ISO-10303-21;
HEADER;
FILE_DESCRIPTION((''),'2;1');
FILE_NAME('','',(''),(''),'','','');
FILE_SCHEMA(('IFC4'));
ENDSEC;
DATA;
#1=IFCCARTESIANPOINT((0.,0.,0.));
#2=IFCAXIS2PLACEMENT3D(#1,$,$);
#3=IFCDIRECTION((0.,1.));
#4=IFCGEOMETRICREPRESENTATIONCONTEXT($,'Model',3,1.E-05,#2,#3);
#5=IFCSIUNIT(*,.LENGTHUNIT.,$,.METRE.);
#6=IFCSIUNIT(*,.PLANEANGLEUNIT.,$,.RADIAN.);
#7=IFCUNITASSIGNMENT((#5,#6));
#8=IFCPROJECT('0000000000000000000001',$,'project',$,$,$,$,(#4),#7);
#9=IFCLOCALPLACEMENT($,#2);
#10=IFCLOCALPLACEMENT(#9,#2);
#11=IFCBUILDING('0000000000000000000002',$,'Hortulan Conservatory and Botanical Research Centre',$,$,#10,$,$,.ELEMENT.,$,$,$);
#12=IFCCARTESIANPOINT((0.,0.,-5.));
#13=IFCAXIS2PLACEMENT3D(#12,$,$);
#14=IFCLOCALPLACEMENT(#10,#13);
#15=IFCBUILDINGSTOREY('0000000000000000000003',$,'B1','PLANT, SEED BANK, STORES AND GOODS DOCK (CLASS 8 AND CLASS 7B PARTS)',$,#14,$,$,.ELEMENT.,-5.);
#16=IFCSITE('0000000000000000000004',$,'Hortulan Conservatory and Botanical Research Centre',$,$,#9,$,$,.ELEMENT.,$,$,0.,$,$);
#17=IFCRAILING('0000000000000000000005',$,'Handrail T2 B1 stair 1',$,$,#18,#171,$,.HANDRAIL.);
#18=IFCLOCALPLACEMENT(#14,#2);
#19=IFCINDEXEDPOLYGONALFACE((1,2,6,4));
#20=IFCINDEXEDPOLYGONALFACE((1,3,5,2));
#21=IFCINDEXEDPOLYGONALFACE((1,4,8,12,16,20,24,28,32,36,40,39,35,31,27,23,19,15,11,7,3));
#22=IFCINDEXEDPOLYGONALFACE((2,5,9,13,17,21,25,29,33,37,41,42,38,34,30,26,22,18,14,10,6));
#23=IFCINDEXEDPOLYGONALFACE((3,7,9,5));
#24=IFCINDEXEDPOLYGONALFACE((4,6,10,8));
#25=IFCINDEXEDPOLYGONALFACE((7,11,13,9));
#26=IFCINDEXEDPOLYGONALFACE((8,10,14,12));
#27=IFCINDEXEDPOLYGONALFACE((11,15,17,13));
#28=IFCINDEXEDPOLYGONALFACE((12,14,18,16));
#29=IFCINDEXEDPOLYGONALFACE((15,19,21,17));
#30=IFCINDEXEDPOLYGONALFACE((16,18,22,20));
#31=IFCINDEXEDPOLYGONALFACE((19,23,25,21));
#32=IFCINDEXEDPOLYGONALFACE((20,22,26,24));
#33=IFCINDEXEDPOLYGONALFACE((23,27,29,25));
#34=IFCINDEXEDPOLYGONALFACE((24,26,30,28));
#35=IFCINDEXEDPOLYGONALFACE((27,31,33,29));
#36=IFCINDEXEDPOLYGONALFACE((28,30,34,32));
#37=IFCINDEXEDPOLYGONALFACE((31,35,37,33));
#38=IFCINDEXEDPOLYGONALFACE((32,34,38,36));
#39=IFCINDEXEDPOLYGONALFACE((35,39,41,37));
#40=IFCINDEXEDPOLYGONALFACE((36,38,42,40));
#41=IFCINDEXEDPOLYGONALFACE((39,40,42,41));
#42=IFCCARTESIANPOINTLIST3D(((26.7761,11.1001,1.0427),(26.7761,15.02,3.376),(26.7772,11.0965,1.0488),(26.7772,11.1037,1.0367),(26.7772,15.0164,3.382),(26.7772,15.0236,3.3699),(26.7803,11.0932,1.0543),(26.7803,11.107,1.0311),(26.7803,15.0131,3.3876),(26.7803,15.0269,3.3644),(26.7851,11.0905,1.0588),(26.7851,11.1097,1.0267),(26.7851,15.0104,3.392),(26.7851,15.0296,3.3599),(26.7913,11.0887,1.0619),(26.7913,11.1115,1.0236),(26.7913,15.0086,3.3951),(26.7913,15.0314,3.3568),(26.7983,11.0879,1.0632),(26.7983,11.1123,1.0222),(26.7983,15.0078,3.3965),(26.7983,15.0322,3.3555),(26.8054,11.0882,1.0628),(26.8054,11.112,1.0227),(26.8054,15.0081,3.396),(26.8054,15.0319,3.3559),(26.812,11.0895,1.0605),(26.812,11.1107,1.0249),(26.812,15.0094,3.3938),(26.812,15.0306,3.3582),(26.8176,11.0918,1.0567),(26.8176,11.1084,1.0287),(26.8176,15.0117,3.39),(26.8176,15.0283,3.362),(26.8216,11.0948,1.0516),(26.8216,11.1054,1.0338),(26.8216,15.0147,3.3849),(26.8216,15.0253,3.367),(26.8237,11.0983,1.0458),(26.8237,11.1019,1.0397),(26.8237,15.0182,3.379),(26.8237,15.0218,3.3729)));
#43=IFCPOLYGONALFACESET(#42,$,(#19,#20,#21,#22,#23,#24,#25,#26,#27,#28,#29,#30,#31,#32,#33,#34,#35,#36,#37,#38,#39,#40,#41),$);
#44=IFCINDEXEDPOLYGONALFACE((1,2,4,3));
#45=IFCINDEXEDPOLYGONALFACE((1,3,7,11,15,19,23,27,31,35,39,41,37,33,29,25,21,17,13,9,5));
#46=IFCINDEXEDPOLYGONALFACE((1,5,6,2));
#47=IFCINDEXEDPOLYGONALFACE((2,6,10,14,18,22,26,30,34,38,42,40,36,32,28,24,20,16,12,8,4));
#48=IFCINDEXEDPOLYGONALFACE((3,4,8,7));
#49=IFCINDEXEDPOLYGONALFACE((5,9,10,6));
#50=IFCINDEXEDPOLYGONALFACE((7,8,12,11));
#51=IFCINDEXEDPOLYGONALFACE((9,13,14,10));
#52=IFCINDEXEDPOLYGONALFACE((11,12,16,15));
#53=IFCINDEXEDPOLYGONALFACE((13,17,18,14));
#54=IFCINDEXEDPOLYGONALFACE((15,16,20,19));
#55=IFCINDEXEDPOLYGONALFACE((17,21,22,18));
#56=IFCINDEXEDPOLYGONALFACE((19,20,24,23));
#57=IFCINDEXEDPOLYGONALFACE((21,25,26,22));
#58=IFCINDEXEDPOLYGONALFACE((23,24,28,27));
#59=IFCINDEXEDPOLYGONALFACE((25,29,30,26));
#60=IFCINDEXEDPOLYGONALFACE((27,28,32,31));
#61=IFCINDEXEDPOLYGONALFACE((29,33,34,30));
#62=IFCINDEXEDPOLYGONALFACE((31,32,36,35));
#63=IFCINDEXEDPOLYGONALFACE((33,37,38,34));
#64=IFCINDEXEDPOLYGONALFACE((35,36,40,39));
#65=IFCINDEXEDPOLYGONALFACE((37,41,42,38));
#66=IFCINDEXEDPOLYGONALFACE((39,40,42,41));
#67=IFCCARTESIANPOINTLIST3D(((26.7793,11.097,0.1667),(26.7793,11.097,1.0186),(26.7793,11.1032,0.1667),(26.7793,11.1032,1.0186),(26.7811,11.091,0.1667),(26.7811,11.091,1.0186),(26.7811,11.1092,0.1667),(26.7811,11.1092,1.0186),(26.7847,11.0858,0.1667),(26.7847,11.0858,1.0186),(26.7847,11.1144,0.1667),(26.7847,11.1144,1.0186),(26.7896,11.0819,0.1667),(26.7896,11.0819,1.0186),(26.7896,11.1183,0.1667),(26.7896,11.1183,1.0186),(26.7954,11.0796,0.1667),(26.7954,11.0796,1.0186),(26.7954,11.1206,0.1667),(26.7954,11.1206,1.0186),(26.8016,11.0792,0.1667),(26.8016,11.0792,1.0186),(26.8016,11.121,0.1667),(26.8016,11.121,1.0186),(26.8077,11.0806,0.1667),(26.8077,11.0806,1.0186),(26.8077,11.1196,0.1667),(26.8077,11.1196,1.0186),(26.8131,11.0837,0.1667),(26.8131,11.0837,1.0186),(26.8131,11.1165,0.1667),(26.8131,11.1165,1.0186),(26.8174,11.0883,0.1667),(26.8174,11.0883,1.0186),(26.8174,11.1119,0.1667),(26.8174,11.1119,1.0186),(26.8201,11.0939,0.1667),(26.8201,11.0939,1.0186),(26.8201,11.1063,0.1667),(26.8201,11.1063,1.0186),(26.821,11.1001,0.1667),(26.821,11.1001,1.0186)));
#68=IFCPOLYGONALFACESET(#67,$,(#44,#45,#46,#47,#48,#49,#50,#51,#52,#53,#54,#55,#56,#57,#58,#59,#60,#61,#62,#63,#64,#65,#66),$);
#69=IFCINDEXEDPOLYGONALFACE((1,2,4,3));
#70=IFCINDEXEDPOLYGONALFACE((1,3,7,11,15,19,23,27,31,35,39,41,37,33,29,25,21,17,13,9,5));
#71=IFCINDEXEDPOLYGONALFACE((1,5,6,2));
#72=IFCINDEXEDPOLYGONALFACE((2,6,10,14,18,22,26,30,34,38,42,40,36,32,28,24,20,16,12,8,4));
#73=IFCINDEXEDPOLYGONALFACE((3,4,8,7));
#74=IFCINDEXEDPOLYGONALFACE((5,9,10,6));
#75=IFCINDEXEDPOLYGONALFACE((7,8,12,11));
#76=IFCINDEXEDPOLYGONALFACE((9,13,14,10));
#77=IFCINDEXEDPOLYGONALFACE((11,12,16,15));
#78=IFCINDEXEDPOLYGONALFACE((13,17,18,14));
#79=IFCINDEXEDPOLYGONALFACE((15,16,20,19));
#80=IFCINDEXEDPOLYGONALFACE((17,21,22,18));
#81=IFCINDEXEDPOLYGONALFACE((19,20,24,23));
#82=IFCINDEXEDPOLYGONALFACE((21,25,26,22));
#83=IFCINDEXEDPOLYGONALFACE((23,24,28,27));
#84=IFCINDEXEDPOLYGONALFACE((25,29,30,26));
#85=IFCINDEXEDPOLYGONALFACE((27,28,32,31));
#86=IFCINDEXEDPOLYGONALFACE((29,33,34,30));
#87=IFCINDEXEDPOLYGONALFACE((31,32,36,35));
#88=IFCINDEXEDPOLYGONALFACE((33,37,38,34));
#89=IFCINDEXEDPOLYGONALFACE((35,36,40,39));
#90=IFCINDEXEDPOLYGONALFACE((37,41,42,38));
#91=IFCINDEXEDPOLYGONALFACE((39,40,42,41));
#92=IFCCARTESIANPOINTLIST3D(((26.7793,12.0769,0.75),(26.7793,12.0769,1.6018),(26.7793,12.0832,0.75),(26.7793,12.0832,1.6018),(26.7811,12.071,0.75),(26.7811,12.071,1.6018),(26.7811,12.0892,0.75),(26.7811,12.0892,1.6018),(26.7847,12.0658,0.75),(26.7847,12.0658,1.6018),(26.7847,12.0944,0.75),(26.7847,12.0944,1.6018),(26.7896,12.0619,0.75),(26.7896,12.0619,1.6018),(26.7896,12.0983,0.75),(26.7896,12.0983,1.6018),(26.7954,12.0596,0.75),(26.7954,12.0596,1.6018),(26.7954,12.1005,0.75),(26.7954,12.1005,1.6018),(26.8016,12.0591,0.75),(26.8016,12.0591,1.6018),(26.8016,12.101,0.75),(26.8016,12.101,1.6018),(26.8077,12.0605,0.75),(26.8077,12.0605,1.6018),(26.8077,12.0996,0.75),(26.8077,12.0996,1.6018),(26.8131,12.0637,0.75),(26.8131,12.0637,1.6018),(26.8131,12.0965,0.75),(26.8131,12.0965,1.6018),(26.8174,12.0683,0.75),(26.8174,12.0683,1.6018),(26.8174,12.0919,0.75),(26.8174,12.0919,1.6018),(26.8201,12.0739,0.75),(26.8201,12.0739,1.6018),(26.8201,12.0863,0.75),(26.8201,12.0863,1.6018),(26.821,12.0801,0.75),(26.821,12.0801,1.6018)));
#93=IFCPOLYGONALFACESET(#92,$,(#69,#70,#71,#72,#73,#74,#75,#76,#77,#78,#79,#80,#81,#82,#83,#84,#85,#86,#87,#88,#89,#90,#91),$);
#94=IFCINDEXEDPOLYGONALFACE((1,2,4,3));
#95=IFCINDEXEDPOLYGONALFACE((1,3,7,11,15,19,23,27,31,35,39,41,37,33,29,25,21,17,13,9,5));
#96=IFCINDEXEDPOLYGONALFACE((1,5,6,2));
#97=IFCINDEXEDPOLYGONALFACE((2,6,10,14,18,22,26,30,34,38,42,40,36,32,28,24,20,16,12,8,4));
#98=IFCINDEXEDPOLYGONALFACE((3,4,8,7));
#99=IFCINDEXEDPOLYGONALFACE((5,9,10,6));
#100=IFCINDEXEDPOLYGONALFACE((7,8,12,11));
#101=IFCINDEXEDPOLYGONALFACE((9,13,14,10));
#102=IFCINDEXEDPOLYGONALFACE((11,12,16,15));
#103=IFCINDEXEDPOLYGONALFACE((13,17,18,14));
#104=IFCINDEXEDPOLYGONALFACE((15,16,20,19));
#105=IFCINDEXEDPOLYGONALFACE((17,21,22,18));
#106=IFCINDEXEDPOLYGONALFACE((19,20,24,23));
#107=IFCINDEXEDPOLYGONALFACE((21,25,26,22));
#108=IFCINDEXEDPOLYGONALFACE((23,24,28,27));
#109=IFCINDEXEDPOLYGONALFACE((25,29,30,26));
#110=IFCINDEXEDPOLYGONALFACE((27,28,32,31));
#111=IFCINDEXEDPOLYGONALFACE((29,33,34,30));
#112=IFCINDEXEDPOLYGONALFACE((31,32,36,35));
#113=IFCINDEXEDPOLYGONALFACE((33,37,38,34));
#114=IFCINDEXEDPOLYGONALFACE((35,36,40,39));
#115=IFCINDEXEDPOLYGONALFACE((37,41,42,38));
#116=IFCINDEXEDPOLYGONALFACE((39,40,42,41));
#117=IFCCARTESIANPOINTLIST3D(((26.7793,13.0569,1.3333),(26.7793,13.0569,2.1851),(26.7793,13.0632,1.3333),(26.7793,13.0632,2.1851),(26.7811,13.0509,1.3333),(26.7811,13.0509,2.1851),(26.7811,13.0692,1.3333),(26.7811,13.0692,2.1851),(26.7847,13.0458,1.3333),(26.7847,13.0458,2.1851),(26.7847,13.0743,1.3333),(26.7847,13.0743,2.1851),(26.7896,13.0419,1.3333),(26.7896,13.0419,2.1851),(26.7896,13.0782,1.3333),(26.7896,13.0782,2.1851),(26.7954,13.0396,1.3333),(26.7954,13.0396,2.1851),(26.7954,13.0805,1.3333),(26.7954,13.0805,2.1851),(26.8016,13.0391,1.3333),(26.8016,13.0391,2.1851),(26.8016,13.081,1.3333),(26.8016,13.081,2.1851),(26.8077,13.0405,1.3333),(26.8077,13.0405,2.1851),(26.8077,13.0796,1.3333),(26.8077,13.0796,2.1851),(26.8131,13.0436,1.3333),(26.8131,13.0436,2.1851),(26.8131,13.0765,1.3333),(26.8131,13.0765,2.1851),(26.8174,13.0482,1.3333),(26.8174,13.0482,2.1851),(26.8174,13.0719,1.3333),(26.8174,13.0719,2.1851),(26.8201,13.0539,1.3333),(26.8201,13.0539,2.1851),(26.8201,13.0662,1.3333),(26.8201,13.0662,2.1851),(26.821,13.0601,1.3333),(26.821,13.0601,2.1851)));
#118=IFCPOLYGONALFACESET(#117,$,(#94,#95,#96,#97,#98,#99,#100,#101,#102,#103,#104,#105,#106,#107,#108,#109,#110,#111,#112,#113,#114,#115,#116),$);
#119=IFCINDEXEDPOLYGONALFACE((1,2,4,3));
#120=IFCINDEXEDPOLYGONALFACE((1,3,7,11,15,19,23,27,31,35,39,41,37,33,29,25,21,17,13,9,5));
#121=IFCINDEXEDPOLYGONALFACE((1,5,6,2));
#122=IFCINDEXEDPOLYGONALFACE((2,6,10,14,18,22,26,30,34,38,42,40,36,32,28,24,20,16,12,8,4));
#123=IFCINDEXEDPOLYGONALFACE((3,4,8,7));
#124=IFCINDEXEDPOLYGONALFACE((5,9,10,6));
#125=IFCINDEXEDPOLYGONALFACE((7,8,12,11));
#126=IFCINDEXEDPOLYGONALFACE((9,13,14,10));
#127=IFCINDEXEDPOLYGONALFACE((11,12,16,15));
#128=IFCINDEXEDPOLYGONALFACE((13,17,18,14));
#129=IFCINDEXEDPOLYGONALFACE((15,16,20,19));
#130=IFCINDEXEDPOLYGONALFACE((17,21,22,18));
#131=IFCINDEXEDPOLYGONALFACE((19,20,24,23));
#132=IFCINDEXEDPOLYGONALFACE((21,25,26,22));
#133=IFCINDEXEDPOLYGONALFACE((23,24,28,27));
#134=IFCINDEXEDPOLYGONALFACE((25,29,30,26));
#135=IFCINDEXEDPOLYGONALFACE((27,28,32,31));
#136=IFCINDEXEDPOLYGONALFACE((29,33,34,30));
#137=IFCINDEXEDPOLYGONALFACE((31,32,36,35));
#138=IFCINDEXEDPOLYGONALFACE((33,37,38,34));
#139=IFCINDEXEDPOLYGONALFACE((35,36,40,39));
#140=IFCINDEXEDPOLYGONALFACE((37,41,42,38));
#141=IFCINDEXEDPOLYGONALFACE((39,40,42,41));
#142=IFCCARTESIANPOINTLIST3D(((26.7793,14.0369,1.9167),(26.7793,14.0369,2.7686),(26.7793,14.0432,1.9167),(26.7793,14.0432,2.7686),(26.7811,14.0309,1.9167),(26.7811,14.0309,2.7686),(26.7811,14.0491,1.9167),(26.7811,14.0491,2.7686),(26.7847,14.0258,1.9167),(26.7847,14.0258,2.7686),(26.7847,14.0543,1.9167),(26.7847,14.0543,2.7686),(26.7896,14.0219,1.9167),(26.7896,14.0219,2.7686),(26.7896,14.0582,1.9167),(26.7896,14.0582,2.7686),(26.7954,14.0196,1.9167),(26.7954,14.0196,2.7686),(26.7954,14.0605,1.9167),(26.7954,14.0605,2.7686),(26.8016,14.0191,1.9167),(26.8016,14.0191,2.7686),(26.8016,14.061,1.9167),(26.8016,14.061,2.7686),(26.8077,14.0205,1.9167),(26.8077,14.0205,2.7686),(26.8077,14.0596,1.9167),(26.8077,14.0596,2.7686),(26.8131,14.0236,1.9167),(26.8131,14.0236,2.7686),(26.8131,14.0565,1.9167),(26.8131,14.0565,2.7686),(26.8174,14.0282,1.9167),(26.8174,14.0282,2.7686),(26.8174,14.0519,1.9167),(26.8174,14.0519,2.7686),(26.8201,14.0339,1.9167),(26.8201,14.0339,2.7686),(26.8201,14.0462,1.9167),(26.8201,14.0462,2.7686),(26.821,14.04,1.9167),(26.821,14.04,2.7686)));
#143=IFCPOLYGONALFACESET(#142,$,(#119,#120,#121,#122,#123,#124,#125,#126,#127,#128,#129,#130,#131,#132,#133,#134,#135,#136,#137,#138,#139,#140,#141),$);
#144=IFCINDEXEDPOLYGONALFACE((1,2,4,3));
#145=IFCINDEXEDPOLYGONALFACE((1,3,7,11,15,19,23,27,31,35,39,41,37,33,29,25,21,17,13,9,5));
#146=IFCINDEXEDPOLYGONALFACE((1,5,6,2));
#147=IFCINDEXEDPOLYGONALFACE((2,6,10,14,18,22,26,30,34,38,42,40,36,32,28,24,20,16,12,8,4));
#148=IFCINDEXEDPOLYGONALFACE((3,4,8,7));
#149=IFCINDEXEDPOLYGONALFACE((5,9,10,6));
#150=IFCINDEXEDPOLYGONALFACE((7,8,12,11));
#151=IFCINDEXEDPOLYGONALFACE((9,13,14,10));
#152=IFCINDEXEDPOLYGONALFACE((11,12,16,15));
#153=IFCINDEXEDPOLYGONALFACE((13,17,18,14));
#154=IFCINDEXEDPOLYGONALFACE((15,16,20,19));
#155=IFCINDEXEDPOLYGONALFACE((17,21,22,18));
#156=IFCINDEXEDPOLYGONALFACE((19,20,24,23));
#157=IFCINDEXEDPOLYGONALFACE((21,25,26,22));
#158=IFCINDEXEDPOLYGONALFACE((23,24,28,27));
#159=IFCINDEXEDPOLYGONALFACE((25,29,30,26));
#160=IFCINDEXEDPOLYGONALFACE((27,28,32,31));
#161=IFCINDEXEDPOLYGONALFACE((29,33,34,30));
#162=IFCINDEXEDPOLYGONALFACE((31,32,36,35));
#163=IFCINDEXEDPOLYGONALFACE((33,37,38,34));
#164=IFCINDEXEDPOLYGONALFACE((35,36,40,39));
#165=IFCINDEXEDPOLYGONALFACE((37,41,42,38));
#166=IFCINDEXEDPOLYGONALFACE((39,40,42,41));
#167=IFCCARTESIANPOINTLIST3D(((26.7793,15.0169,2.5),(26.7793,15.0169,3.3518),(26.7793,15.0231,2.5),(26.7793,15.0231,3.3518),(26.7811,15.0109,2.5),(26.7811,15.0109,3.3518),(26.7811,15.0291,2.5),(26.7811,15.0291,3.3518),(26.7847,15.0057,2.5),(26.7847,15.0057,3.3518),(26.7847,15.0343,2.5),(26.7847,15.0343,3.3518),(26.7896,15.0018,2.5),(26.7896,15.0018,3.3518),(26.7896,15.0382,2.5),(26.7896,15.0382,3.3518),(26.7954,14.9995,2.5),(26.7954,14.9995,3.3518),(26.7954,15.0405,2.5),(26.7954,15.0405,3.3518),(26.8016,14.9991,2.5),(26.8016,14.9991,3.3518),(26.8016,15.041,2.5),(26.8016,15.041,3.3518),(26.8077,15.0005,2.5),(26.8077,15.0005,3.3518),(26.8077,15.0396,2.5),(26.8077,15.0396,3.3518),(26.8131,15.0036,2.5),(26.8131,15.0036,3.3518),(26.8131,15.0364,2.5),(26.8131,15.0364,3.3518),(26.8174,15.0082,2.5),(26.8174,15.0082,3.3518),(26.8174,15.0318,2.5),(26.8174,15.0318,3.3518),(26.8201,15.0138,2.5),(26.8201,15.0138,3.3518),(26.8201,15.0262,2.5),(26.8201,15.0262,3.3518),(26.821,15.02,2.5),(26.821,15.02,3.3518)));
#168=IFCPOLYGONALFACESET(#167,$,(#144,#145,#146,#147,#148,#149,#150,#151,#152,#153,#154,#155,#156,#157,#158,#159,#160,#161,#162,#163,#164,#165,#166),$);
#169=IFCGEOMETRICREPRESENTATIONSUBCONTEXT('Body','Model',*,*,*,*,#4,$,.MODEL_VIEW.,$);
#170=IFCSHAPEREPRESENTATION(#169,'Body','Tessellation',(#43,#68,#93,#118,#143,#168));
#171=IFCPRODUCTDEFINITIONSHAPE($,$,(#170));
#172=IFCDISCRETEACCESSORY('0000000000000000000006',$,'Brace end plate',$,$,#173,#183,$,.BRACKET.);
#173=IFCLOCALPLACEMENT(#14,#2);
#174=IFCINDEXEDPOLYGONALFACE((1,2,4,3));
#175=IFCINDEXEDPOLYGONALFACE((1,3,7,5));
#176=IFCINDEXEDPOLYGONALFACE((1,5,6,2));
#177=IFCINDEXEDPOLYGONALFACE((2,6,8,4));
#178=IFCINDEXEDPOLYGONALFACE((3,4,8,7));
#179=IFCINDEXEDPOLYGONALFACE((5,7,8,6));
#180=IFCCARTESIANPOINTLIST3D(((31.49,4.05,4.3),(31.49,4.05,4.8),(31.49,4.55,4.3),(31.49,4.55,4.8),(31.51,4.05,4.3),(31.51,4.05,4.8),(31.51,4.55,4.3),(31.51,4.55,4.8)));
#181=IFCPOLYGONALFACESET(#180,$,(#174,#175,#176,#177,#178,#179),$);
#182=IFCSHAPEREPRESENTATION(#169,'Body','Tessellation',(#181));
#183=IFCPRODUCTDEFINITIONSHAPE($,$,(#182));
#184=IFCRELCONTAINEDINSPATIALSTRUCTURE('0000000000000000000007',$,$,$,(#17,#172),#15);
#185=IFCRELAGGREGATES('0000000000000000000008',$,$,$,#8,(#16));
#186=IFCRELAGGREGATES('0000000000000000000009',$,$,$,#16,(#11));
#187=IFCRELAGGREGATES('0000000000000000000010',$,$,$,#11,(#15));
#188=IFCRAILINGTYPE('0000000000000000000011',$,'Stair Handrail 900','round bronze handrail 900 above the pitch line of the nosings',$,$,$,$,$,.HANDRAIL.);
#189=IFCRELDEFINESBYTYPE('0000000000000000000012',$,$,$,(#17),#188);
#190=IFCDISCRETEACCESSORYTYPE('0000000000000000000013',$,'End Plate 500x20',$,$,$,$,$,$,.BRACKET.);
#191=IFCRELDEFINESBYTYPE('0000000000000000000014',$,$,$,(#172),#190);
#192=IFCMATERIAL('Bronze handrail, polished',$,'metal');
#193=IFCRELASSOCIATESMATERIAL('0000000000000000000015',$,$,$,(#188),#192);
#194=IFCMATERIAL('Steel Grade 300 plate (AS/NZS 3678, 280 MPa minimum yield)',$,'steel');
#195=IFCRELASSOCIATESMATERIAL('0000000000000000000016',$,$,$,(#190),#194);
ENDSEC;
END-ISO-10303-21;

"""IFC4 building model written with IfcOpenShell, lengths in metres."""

from ifc_helpers import new_model, si_unit, direction, frame, origin, origin_2d, place, context, subcontext, project, spatial, rectangle, circle, extrude, material, type_object, element, save


model = new_model("IFC4")

# Units and contexts
model_context = context("Model", 3, precision=1e-05, world=origin(), true_north=direction((0.0, 1.0)))
body_context = subcontext(model_context, "Body", "Model", "MODEL_VIEW")
ifc_project = project(units=[si_unit("LENGTHUNIT", "METRE"), si_unit("PLANEANGLEUNIT", "RADIAN")], contexts=[model_context])

# Site, building, storey
site_placement = place(None, origin())
site = spatial("IfcSite", under=ifc_project, at=site_placement, Name="Hortulan Conservatory and Botanical Research Centre", CompositionType="ELEMENT", RefElevation=0.0)
building_placement = place(site_placement, origin())
building = spatial("IfcBuilding", under=site, at=building_placement, Name="Hortulan Conservatory and Botanical Research Centre", CompositionType="ELEMENT")
storey_placement = place(building_placement, frame((0.0, 0.0, -5.0)))
storey = spatial("IfcBuildingStorey", under=building, at=storey_placement, Name="B1", Description="PLANT, SEED BANK, STORES AND GOODS DOCK (CLASS 8 AND CLASS 7B PARTS)", CompositionType="ELEMENT", Elevation=-5.0)

# Railing
ifc_material_1 = material(Name="Bronze handrail, polished", Category="metal")
railing_type = type_object("IfcRailingType", Name="Stair Handrail 900", Description="round bronze handrail 900 above the pitch line of the nosings", PredefinedType="HANDRAIL", material=ifc_material_1)
railing_placement = place(storey_placement, frame((26.8, 11.1001, 0.1667)))
element("IfcRailing", 1, at=railing_placement, inside=storey, type_object=railing_type, Name="Handrail T2 B1 stair 1", PredefinedType="HANDRAIL", context=body_context, shape_type="SweptSolid", body=[
    extrude(circle(Radius=0.0239, at=origin_2d()), frame((0.0, 0.0, 0.876), z_axis=(0.0, 0.859296, 0.511478), x_axis=(-1.0, 0.0, 0.0)), (0.0, 0.0, 1.0), 4.5618),
    extrude(circle(Radius=0.021, at=origin_2d()), origin(), (0.0, 0.0, 1.0), 0.8518),
    extrude(circle(Radius=0.021, at=origin_2d()), frame((0.0, 0.98, 0.5833)), (0.0, 0.0, 1.0), 0.8518),
    extrude(circle(Radius=0.021, at=origin_2d()), frame((0.0, 1.96, 1.1665)), (0.0, 0.0, 1.0), 0.8518),
    extrude(circle(Radius=0.021, at=origin_2d()), frame((0.0, 2.9399, 1.75)), (0.0, 0.0, 1.0), 0.8518),
    extrude(circle(Radius=0.021, at=origin_2d()), frame((0.0, 3.9199, 2.3333)), (0.0, 0.0, 1.0), 0.8518),
])

# Discrete accessory
ifc_material_2 = material(Name="Steel Grade 300 plate (AS/NZS 3678, 280 MPa minimum yield)", Category="steel")
discrete_accessory_type = type_object("IfcDiscreteAccessoryType", Name="End Plate 500x20", PredefinedType="BRACKET", material=ifc_material_2)
discrete_accessory_placement = place(storey_placement, frame((31.5, 4.3, 4.3), z_axis=(0.0, 0.0, 1.0), x_axis=(0.0, -1.0, 0.0)))
element("IfcDiscreteAccessory", 2, at=discrete_accessory_placement, inside=storey, type_object=discrete_accessory_type, Name="Brace end plate", PredefinedType="BRACKET", context=body_context, shape_type="SweptSolid", body=[
    extrude(rectangle(XDim=0.5, YDim=0.02, at=origin_2d()), origin(), (0.0, 0.0, 1.0), 0.5),
])

save(model, "model.ifc")
